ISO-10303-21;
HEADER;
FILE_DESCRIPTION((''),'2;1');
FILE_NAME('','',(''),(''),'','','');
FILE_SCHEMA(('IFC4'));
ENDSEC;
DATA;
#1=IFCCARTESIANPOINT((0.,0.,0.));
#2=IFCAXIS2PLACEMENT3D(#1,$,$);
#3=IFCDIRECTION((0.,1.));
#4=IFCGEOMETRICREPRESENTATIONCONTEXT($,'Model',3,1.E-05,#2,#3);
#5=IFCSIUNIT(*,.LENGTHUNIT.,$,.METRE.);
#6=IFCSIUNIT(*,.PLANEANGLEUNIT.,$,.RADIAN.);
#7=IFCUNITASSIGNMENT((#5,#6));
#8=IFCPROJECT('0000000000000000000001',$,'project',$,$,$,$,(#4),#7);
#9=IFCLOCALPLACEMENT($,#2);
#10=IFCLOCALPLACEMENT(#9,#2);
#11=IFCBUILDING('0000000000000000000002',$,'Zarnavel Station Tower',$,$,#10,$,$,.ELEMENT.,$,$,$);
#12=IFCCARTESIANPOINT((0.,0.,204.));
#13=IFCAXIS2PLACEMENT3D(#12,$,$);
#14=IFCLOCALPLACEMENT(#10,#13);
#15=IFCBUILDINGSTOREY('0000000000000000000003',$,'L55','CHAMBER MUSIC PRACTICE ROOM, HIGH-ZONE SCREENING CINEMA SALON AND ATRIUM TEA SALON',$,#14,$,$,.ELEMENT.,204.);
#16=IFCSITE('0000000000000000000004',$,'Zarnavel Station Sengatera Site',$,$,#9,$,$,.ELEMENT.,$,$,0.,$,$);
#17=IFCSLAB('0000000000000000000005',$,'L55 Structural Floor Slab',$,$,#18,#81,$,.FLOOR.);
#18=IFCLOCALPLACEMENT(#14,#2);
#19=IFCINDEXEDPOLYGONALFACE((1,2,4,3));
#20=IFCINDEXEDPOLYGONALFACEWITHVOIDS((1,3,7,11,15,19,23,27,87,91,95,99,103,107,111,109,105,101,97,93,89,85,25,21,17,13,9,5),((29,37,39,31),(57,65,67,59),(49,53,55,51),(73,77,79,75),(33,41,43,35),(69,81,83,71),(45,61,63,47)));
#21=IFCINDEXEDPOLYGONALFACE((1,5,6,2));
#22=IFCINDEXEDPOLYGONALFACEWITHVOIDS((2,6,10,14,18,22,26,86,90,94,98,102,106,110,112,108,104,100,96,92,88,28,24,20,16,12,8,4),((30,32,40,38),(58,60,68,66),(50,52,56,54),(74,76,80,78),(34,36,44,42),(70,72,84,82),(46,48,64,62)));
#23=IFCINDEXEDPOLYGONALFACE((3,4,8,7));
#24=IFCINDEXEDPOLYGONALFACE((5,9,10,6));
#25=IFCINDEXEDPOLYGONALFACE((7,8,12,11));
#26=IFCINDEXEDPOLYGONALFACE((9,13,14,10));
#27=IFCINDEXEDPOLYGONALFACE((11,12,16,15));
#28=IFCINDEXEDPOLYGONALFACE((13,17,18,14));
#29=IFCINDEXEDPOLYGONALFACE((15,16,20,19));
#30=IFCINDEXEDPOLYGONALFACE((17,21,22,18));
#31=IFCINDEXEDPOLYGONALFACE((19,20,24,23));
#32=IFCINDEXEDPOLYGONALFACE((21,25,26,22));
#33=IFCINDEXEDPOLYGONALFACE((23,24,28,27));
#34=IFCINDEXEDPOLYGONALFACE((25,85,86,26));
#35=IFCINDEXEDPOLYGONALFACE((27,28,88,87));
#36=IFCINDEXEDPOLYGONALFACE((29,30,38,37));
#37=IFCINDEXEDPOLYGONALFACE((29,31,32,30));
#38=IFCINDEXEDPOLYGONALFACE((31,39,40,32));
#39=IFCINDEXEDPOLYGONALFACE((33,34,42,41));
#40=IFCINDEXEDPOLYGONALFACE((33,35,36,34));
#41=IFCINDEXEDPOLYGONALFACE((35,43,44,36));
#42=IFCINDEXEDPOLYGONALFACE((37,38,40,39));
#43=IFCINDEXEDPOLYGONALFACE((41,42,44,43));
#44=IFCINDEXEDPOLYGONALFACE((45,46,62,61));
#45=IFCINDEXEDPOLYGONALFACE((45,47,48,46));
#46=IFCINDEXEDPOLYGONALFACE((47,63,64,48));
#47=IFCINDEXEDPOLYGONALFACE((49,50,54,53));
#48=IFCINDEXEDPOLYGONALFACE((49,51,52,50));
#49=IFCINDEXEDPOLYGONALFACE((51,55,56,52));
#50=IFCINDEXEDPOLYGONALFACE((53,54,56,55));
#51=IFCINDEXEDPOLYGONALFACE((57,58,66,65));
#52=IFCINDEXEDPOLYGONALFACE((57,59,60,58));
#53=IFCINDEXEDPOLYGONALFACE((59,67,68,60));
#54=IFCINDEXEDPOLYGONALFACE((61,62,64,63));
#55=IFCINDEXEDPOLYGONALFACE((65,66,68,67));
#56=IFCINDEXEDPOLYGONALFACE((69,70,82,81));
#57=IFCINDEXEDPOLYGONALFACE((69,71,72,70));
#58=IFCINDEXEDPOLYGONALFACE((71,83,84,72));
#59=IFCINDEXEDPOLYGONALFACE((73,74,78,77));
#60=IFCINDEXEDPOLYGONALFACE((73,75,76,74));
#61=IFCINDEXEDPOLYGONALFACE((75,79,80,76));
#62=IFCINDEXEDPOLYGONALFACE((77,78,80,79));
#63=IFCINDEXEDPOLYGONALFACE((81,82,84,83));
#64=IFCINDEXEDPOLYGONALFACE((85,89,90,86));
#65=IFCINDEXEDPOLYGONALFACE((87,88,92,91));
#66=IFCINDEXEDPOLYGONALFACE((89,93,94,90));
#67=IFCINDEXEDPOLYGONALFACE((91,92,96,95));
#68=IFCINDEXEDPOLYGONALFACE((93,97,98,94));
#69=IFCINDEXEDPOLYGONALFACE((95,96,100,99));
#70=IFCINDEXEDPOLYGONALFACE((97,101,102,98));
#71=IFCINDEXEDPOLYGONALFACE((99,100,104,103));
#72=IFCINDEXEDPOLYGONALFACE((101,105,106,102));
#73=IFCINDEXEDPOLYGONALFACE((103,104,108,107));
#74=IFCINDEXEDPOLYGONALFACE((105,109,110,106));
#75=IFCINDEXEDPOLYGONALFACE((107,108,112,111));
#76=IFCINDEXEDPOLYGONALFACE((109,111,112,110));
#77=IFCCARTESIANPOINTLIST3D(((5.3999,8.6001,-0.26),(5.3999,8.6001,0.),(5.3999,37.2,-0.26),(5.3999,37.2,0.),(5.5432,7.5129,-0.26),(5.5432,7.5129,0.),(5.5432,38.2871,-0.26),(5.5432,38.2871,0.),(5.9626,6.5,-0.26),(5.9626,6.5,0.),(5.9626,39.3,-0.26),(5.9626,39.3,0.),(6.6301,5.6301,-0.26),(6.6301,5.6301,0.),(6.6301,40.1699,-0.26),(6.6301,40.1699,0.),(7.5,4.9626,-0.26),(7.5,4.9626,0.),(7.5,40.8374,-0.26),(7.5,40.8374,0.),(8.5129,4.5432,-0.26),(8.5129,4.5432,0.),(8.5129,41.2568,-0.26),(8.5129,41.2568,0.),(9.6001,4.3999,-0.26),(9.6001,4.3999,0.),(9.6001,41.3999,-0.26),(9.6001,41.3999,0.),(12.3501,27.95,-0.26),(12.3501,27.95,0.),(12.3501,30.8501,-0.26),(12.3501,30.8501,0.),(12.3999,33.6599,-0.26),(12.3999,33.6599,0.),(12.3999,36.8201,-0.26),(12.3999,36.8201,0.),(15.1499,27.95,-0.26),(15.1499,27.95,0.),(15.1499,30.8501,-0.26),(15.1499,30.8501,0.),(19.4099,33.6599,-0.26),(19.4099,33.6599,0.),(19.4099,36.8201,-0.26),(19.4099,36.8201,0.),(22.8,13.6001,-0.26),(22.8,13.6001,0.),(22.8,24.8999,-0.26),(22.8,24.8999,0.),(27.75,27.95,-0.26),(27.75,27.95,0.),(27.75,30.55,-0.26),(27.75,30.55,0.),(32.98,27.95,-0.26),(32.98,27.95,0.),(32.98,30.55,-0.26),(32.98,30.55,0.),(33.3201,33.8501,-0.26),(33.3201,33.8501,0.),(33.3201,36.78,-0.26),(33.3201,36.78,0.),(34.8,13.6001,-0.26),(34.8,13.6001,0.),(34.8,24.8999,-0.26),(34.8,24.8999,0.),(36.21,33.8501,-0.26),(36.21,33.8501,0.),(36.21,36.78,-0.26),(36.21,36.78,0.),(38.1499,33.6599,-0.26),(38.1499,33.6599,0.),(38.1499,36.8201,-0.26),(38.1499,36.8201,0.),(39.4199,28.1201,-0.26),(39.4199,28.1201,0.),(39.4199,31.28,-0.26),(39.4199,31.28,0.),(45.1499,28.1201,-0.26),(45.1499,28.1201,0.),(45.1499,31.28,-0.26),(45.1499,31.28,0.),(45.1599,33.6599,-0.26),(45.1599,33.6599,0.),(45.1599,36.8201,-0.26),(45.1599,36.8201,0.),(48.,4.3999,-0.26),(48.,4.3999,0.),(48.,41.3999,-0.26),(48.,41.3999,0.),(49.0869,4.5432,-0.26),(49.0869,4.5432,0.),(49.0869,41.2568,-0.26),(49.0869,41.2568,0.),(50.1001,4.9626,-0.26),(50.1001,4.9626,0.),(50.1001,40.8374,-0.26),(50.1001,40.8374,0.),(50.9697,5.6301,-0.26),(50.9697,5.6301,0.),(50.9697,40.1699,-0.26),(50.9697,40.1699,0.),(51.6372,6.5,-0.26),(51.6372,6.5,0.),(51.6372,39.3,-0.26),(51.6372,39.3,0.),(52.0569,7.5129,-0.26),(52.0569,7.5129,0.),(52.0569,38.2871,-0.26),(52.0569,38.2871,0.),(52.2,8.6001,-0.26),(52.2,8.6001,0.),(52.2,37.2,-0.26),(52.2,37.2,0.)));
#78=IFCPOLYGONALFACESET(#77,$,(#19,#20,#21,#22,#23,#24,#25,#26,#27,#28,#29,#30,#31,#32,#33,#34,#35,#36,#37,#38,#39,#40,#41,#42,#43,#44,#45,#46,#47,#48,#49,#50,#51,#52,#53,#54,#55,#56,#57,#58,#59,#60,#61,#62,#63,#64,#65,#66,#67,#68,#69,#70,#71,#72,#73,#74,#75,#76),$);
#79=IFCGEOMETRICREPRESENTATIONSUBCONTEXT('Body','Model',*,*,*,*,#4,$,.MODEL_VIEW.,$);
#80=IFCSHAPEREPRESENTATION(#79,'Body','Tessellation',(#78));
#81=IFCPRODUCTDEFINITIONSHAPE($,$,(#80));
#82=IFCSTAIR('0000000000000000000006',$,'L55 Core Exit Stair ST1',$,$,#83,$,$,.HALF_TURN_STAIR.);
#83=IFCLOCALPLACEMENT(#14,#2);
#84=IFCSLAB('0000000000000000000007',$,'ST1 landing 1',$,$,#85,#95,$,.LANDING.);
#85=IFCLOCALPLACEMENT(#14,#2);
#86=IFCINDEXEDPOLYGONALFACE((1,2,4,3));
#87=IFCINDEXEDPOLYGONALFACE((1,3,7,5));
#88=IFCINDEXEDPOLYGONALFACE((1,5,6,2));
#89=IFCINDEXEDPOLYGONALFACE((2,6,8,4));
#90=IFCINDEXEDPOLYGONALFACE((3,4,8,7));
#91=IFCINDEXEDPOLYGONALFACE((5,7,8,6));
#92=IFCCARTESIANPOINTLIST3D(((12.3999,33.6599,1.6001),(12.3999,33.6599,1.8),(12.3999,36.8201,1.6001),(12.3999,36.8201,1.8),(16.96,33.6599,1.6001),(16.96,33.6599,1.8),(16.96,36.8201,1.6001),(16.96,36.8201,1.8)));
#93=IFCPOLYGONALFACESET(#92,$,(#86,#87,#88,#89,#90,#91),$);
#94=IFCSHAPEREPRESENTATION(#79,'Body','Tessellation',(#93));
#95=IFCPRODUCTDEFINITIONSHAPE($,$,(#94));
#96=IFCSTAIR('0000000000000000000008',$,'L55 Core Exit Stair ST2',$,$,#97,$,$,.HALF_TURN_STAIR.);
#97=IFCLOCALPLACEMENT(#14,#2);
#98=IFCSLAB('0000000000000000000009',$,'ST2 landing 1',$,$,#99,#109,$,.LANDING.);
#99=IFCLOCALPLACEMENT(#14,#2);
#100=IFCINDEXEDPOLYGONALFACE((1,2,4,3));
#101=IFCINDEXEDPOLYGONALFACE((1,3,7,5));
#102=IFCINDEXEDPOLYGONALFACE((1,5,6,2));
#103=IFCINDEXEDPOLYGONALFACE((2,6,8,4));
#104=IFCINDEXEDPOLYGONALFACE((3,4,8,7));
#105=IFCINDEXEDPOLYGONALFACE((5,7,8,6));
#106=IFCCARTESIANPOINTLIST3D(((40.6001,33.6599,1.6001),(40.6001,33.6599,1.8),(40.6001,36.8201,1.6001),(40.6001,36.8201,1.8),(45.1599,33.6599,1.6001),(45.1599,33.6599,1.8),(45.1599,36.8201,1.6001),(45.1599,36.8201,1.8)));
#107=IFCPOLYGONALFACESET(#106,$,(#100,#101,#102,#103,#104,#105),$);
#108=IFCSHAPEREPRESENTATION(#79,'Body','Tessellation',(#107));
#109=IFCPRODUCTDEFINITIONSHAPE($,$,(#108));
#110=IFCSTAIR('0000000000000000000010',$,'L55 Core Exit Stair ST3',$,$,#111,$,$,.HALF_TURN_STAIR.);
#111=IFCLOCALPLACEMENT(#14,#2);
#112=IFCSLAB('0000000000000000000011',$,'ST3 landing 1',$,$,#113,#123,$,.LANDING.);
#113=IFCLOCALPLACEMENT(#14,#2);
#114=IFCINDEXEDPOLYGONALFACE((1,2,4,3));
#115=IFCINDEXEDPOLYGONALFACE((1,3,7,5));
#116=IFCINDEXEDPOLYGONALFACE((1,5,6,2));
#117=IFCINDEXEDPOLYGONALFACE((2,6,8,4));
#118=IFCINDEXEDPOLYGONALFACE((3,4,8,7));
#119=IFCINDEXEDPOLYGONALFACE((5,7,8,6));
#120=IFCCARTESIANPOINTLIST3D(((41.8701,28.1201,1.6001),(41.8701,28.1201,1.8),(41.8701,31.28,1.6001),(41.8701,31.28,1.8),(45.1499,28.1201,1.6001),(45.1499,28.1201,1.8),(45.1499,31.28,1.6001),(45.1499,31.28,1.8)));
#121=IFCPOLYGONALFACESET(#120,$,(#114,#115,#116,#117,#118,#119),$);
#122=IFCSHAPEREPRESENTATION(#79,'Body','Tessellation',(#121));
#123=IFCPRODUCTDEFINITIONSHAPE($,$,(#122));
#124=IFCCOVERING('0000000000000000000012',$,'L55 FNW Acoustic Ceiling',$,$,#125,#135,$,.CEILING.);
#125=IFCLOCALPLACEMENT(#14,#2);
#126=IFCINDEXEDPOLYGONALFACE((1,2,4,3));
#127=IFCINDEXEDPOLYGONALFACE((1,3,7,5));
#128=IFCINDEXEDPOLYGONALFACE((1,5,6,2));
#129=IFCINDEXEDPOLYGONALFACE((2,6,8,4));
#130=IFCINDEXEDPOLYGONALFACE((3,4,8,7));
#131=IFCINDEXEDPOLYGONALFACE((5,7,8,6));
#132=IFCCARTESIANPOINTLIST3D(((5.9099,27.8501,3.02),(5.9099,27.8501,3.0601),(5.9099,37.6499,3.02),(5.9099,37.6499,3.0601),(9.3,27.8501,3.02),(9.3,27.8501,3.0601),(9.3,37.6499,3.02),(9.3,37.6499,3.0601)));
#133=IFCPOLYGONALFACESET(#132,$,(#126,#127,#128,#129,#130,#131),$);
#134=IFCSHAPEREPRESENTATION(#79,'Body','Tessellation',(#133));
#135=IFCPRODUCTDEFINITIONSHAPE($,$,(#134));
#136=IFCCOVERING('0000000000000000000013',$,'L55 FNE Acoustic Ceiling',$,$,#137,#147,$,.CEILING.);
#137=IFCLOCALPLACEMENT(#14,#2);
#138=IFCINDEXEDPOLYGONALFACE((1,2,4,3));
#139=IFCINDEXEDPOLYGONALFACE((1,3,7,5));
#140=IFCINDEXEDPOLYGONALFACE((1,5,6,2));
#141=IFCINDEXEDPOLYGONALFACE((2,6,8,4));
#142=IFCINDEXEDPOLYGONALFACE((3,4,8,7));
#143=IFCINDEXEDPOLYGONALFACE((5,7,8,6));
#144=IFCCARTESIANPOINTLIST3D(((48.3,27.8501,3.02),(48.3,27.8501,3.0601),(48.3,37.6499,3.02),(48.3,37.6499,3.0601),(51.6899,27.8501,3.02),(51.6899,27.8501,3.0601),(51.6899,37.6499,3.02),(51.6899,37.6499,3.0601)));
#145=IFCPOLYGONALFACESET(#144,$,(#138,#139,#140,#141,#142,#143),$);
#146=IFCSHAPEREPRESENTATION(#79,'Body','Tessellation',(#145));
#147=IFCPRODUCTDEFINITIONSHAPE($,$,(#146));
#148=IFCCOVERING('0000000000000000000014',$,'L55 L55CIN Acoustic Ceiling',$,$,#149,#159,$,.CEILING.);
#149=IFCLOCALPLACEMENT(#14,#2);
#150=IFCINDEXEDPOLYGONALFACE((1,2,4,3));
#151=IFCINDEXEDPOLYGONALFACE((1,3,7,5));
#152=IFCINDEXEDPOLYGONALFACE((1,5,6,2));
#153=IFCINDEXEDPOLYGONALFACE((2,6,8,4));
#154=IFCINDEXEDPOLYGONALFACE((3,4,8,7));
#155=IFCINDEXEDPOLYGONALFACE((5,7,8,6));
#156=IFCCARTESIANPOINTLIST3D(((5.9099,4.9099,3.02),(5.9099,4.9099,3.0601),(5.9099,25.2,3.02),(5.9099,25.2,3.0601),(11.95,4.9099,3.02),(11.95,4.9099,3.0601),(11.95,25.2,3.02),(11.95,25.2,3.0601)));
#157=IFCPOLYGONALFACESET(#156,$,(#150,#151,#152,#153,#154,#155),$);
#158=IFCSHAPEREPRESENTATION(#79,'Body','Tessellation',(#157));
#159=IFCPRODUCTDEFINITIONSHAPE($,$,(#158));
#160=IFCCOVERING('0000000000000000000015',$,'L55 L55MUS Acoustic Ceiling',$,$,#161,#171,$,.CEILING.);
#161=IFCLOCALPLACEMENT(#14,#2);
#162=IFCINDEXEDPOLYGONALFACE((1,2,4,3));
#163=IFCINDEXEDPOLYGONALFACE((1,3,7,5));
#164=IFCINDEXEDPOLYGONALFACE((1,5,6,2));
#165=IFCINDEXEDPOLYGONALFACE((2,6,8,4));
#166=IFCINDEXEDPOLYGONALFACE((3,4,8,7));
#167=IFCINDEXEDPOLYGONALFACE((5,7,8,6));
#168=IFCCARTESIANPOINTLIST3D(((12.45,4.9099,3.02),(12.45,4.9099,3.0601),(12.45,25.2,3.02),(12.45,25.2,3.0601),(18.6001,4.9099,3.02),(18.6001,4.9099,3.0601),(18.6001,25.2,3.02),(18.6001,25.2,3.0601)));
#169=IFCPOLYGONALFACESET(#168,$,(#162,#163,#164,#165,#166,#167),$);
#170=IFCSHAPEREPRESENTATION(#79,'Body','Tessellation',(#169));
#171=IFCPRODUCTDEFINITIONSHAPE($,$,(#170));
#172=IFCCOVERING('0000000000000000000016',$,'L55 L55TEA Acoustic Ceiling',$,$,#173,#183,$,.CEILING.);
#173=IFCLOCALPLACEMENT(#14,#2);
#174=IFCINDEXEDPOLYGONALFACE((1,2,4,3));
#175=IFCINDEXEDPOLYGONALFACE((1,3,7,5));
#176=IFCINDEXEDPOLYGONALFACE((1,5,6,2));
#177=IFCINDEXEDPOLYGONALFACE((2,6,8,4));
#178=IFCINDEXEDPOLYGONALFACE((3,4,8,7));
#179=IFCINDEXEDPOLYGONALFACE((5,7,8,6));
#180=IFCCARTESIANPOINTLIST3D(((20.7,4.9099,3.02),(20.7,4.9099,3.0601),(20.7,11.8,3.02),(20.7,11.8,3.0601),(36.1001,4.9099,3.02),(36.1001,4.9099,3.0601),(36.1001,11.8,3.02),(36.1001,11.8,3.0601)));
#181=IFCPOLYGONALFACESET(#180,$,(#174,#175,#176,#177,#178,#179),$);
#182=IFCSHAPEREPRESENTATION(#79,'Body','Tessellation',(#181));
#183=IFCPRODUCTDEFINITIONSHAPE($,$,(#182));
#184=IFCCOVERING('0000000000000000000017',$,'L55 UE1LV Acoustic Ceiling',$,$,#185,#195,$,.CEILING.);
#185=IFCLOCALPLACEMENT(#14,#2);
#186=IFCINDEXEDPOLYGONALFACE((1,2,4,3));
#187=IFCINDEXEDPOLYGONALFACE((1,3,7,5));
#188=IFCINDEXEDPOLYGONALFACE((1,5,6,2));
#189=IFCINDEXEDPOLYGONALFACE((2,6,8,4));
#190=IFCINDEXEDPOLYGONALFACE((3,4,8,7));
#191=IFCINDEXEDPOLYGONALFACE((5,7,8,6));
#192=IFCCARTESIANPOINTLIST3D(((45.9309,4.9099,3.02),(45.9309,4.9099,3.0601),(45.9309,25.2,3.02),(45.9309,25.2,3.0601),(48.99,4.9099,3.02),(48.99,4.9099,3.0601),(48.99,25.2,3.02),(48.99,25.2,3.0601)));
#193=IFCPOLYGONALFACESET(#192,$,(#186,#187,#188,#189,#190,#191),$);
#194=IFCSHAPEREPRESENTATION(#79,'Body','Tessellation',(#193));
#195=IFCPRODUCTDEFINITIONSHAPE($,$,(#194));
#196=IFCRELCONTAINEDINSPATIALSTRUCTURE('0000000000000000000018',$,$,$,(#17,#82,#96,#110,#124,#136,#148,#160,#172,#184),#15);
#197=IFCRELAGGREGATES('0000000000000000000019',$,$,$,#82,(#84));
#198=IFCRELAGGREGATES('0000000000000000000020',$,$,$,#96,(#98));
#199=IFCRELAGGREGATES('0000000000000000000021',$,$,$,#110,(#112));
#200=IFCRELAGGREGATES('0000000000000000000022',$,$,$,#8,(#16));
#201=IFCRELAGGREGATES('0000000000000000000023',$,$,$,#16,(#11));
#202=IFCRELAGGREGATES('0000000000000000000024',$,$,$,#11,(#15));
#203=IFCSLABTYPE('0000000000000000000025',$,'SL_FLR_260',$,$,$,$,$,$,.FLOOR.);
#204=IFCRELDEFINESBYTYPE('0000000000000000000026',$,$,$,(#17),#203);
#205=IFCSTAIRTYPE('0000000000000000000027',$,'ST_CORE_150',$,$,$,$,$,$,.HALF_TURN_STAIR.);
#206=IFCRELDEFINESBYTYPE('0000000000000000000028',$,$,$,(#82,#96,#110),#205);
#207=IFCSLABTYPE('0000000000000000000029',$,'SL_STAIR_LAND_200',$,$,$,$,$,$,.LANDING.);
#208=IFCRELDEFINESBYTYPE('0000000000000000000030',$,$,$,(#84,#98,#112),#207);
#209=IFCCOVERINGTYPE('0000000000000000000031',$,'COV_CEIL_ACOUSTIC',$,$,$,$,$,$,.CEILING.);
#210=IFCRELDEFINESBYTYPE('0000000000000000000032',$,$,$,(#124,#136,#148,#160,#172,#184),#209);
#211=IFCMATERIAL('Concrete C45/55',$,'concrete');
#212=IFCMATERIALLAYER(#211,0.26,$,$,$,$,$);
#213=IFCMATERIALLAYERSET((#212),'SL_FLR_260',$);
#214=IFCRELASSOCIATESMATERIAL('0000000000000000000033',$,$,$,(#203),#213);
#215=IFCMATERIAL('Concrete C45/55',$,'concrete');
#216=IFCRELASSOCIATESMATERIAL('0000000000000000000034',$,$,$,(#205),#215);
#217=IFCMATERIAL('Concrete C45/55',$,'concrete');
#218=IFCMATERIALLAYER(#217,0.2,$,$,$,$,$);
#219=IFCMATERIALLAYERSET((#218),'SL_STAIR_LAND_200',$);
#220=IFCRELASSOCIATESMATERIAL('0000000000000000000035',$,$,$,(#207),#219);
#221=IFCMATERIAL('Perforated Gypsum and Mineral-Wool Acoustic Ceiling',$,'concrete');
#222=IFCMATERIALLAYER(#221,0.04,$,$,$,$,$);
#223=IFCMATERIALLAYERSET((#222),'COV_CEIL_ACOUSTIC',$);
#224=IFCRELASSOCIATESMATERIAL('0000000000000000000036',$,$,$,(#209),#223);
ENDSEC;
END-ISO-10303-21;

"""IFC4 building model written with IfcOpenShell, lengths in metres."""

from ifc_helpers import new_model, si_unit, direction, frame, origin, place, context, subcontext, project, spatial, polyline, outline, extrude, material, layer, layer_set, type_object, element, aggregate, save


model = new_model("IFC4")

# Units and contexts
model_context = context("Model", 3, precision=1e-05, world=origin(), true_north=direction((0.0, 1.0)))
body_context = subcontext(model_context, "Body", "Model", "MODEL_VIEW")
ifc_project = project(units=[si_unit("LENGTHUNIT", "METRE"), si_unit("PLANEANGLEUNIT", "RADIAN")], contexts=[model_context])

# Site, building, storey
site_placement = place(None, origin())
site = spatial("IfcSite", under=ifc_project, at=site_placement, Name="Zarnavel Station Sengatera Site", CompositionType="ELEMENT", RefElevation=0.0)
building_placement = place(site_placement, origin())
building = spatial("IfcBuilding", under=site, at=building_placement, Name="Zarnavel Station Tower", CompositionType="ELEMENT")
storey_placement = place(building_placement, frame((0.0, 0.0, 204.0)))
storey = spatial("IfcBuildingStorey", under=building, at=storey_placement, Name="L55", Description="CHAMBER MUSIC PRACTICE ROOM, HIGH-ZONE SCREENING CINEMA SALON AND ATRIUM TEA SALON", CompositionType="ELEMENT", Elevation=204.0)

# Slab
ifc_material_1 = material(Name="Concrete C45/55", Category="concrete")
ifc_layer_1 = layer(ifc_material_1, 0.26)
ifc_layer_set_1 = layer_set([ifc_layer_1], Name="SL_FLR_260")
slab_type_1 = type_object("IfcSlabType", Name="SL_FLR_260", PredefinedType="FLOOR", material=ifc_layer_set_1)
slab_1_placement = place(storey_placement, frame((0.0, 0.0, -0.26)))
element("IfcSlab", 1, at=slab_1_placement, inside=storey, type_object=slab_type_1, Name="L55 Structural Floor Slab", PredefinedType="FLOOR", context=body_context, shape_type="SweptSolid", body=[
    extrude(outline(polyline([(48.0, 4.3999), (49.0869, 4.5432), (50.1001, 4.9626), (50.9697, 5.6301), (51.6372, 6.5), (52.0569, 7.5129), (52.2, 8.6001), (52.2, 37.2), (52.0569, 38.2871), (51.6372, 39.3), (50.9697, 40.1699), (50.1001, 40.8374), (49.0869, 41.2568), (48.0, 41.3999), (9.6001, 41.3999), (8.5129, 41.2568), (7.5, 40.8374), (6.6301, 40.1699), (5.9626, 39.3), (5.5432, 38.2871), (5.3999, 37.2), (5.3999, 8.6001), (5.5432, 7.5129), (5.9626, 6.5), (6.6301, 5.6301), (7.5, 4.9626), (8.5129, 4.5432), (9.6001, 4.3999), (48.0, 4.3999)]), holes=[polyline([(12.3999, 33.6599), (19.4099, 33.6599), (19.4099, 36.8201), (12.3999, 36.8201), (12.3999, 33.6599)]), polyline([(38.1499, 33.6599), (45.1599, 33.6599), (45.1599, 36.8201), (38.1499, 36.8201), (38.1499, 33.6599)]), polyline([(39.4199, 28.1201), (45.1499, 28.1201), (45.1499, 31.28), (39.4199, 31.28), (39.4199, 28.1201)]), polyline([(12.3501, 27.95), (15.1499, 27.95), (15.1499, 30.8501), (12.3501, 30.8501), (12.3501, 27.95)]), polyline([(33.3201, 33.8501), (36.21, 33.8501), (36.21, 36.78), (33.3201, 36.78), (33.3201, 33.8501)]), polyline([(27.75, 27.95), (32.98, 27.95), (32.98, 30.55), (27.75, 30.55), (27.75, 27.95)]), polyline([(22.8, 13.6001), (34.8, 13.6001), (34.8, 24.8999), (22.8, 24.8999), (22.8, 13.6001)])]), origin(), (0.0, 0.0, 1.0), 0.26),
])

# Stairs, slabs
ifc_material_2 = material(Name="Concrete C45/55", Category="concrete")
stair_type = type_object("IfcStairType", Name="ST_CORE_150", PredefinedType="HALF_TURN_STAIR", material=ifc_material_2)
stair_1_placement = place(storey_placement, origin())
stair_1 = element("IfcStair", 2, at=stair_1_placement, inside=storey, type_object=stair_type, Name="L55 Core Exit Stair ST1", PredefinedType="HALF_TURN_STAIR")
ifc_material_3 = material(Name="Concrete C45/55", Category="concrete")
ifc_layer_2 = layer(ifc_material_3, 0.2)
ifc_layer_set_2 = layer_set([ifc_layer_2], Name="SL_STAIR_LAND_200")
slab_type_2 = type_object("IfcSlabType", Name="SL_STAIR_LAND_200", PredefinedType="LANDING", material=ifc_layer_set_2)
slab_2_placement = place(storey_placement, frame((0.0, 0.0, 1.6001)))
slab_2 = element("IfcSlab", 3, at=slab_2_placement, type_object=slab_type_2, Name="ST1 landing 1", PredefinedType="LANDING", context=body_context, shape_type="SweptSolid", body=[
    extrude(outline(polyline([(16.96, 36.8201), (12.3999, 36.8201), (12.3999, 33.6599), (16.96, 33.6599), (16.96, 36.8201)])), origin(), (0.0, 0.0, 1.0), 0.2),
])
aggregate(stair_1, [slab_2])
stair_2_placement = place(storey_placement, origin())
stair_2 = element("IfcStair", 4, at=stair_2_placement, inside=storey, type_object=stair_type, Name="L55 Core Exit Stair ST2", PredefinedType="HALF_TURN_STAIR")
slab_3_placement = place(storey_placement, frame((0.0, 0.0, 1.6001)))
slab_3 = element("IfcSlab", 5, at=slab_3_placement, type_object=slab_type_2, Name="ST2 landing 1", PredefinedType="LANDING", context=body_context, shape_type="SweptSolid", body=[
    extrude(outline(polyline([(40.6001, 33.6599), (45.1599, 33.6599), (45.1599, 36.8201), (40.6001, 36.8201), (40.6001, 33.6599)])), origin(), (0.0, 0.0, 1.0), 0.2),
])
aggregate(stair_2, [slab_3])
stair_3_placement = place(storey_placement, origin())
stair_3 = element("IfcStair", 6, at=stair_3_placement, inside=storey, type_object=stair_type, Name="L55 Core Exit Stair ST3", PredefinedType="HALF_TURN_STAIR")
slab_4_placement = place(storey_placement, frame((0.0, 0.0, 1.6001)))
slab_4 = element("IfcSlab", 7, at=slab_4_placement, type_object=slab_type_2, Name="ST3 landing 1", PredefinedType="LANDING", context=body_context, shape_type="SweptSolid", body=[
    extrude(outline(polyline([(41.8701, 28.1201), (45.1499, 28.1201), (45.1499, 31.28), (41.8701, 31.28), (41.8701, 28.1201)])), origin(), (0.0, 0.0, 1.0), 0.2),
])
aggregate(stair_3, [slab_4])

# Coverings
ifc_material_4 = material(Name="Perforated Gypsum and Mineral-Wool Acoustic Ceiling", Category="concrete")
ifc_layer_3 = layer(ifc_material_4, 0.04)
ifc_layer_set_3 = layer_set([ifc_layer_3], Name="COV_CEIL_ACOUSTIC")
covering_type_1 = type_object("IfcCoveringType", Name="COV_CEIL_ACOUSTIC", PredefinedType="CEILING", material=ifc_layer_set_3)
covering_1_placement = place(storey_placement, frame((0.0, 0.0, 3.02)))
element("IfcCovering", 8, at=covering_1_placement, inside=storey, type_object=covering_type_1, Name="L55 FNW Acoustic Ceiling", PredefinedType="CEILING", context=body_context, shape_type="SweptSolid", body=[
    extrude(outline(polyline([(5.9099, 27.8501), (9.3, 27.8501), (9.3, 37.6499), (5.9099, 37.6499), (5.9099, 27.8501)])), origin(), (0.0, 0.0, 1.0), 0.04),
])
covering_2_placement = place(storey_placement, frame((0.0, 0.0, 3.02)))
element("IfcCovering", 9, at=covering_2_placement, inside=storey, type_object=covering_type_1, Name="L55 FNE Acoustic Ceiling", PredefinedType="CEILING", context=body_context, shape_type="SweptSolid", body=[
    extrude(outline(polyline([(48.3, 27.8501), (51.6899, 27.8501), (51.6899, 37.6499), (48.3, 37.6499), (48.3, 27.8501)])), origin(), (0.0, 0.0, 1.0), 0.04),
])
covering_3_placement = place(storey_placement, frame((0.0, 0.0, 3.02)))
element("IfcCovering", 10, at=covering_3_placement, inside=storey, type_object=covering_type_1, Name="L55 L55CIN Acoustic Ceiling", PredefinedType="CEILING", context=body_context, shape_type="SweptSolid", body=[
    extrude(outline(polyline([(5.9099, 4.9099), (11.95, 4.9099), (11.95, 25.2), (5.9099, 25.2), (5.9099, 4.9099)])), origin(), (0.0, 0.0, 1.0), 0.04),
])
covering_4_placement = place(storey_placement, frame((0.0, 0.0, 3.02)))
element("IfcCovering", 11, at=covering_4_placement, inside=storey, type_object=covering_type_1, Name="L55 L55MUS Acoustic Ceiling", PredefinedType="CEILING", context=body_context, shape_type="SweptSolid", body=[
    extrude(outline(polyline([(12.45, 4.9099), (18.6001, 4.9099), (18.6001, 25.2), (12.45, 25.2), (12.45, 4.9099)])), origin(), (0.0, 0.0, 1.0), 0.04),
])
covering_5_placement = place(storey_placement, frame((0.0, 0.0, 3.02)))
element("IfcCovering", 12, at=covering_5_placement, inside=storey, type_object=covering_type_1, Name="L55 L55TEA Acoustic Ceiling", PredefinedType="CEILING", context=body_context, shape_type="SweptSolid", body=[
    extrude(outline(polyline([(20.7, 4.9099), (36.1001, 4.9099), (36.1001, 11.8), (20.7, 11.8), (20.7, 4.9099)])), origin(), (0.0, 0.0, 1.0), 0.04),
])
covering_6_placement = place(storey_placement, frame((0.0, 0.0, 3.02)))
element("IfcCovering", 13, at=covering_6_placement, inside=storey, type_object=covering_type_1, Name="L55 UE1LV Acoustic Ceiling", PredefinedType="CEILING", context=body_context, shape_type="SweptSolid", body=[
    extrude(outline(polyline([(45.9309, 4.9099), (48.99, 4.9099), (48.99, 25.2), (45.9309, 25.2), (45.9309, 4.9099)])), origin(), (0.0, 0.0, 1.0), 0.04),
])

save(model, "model.ifc")
